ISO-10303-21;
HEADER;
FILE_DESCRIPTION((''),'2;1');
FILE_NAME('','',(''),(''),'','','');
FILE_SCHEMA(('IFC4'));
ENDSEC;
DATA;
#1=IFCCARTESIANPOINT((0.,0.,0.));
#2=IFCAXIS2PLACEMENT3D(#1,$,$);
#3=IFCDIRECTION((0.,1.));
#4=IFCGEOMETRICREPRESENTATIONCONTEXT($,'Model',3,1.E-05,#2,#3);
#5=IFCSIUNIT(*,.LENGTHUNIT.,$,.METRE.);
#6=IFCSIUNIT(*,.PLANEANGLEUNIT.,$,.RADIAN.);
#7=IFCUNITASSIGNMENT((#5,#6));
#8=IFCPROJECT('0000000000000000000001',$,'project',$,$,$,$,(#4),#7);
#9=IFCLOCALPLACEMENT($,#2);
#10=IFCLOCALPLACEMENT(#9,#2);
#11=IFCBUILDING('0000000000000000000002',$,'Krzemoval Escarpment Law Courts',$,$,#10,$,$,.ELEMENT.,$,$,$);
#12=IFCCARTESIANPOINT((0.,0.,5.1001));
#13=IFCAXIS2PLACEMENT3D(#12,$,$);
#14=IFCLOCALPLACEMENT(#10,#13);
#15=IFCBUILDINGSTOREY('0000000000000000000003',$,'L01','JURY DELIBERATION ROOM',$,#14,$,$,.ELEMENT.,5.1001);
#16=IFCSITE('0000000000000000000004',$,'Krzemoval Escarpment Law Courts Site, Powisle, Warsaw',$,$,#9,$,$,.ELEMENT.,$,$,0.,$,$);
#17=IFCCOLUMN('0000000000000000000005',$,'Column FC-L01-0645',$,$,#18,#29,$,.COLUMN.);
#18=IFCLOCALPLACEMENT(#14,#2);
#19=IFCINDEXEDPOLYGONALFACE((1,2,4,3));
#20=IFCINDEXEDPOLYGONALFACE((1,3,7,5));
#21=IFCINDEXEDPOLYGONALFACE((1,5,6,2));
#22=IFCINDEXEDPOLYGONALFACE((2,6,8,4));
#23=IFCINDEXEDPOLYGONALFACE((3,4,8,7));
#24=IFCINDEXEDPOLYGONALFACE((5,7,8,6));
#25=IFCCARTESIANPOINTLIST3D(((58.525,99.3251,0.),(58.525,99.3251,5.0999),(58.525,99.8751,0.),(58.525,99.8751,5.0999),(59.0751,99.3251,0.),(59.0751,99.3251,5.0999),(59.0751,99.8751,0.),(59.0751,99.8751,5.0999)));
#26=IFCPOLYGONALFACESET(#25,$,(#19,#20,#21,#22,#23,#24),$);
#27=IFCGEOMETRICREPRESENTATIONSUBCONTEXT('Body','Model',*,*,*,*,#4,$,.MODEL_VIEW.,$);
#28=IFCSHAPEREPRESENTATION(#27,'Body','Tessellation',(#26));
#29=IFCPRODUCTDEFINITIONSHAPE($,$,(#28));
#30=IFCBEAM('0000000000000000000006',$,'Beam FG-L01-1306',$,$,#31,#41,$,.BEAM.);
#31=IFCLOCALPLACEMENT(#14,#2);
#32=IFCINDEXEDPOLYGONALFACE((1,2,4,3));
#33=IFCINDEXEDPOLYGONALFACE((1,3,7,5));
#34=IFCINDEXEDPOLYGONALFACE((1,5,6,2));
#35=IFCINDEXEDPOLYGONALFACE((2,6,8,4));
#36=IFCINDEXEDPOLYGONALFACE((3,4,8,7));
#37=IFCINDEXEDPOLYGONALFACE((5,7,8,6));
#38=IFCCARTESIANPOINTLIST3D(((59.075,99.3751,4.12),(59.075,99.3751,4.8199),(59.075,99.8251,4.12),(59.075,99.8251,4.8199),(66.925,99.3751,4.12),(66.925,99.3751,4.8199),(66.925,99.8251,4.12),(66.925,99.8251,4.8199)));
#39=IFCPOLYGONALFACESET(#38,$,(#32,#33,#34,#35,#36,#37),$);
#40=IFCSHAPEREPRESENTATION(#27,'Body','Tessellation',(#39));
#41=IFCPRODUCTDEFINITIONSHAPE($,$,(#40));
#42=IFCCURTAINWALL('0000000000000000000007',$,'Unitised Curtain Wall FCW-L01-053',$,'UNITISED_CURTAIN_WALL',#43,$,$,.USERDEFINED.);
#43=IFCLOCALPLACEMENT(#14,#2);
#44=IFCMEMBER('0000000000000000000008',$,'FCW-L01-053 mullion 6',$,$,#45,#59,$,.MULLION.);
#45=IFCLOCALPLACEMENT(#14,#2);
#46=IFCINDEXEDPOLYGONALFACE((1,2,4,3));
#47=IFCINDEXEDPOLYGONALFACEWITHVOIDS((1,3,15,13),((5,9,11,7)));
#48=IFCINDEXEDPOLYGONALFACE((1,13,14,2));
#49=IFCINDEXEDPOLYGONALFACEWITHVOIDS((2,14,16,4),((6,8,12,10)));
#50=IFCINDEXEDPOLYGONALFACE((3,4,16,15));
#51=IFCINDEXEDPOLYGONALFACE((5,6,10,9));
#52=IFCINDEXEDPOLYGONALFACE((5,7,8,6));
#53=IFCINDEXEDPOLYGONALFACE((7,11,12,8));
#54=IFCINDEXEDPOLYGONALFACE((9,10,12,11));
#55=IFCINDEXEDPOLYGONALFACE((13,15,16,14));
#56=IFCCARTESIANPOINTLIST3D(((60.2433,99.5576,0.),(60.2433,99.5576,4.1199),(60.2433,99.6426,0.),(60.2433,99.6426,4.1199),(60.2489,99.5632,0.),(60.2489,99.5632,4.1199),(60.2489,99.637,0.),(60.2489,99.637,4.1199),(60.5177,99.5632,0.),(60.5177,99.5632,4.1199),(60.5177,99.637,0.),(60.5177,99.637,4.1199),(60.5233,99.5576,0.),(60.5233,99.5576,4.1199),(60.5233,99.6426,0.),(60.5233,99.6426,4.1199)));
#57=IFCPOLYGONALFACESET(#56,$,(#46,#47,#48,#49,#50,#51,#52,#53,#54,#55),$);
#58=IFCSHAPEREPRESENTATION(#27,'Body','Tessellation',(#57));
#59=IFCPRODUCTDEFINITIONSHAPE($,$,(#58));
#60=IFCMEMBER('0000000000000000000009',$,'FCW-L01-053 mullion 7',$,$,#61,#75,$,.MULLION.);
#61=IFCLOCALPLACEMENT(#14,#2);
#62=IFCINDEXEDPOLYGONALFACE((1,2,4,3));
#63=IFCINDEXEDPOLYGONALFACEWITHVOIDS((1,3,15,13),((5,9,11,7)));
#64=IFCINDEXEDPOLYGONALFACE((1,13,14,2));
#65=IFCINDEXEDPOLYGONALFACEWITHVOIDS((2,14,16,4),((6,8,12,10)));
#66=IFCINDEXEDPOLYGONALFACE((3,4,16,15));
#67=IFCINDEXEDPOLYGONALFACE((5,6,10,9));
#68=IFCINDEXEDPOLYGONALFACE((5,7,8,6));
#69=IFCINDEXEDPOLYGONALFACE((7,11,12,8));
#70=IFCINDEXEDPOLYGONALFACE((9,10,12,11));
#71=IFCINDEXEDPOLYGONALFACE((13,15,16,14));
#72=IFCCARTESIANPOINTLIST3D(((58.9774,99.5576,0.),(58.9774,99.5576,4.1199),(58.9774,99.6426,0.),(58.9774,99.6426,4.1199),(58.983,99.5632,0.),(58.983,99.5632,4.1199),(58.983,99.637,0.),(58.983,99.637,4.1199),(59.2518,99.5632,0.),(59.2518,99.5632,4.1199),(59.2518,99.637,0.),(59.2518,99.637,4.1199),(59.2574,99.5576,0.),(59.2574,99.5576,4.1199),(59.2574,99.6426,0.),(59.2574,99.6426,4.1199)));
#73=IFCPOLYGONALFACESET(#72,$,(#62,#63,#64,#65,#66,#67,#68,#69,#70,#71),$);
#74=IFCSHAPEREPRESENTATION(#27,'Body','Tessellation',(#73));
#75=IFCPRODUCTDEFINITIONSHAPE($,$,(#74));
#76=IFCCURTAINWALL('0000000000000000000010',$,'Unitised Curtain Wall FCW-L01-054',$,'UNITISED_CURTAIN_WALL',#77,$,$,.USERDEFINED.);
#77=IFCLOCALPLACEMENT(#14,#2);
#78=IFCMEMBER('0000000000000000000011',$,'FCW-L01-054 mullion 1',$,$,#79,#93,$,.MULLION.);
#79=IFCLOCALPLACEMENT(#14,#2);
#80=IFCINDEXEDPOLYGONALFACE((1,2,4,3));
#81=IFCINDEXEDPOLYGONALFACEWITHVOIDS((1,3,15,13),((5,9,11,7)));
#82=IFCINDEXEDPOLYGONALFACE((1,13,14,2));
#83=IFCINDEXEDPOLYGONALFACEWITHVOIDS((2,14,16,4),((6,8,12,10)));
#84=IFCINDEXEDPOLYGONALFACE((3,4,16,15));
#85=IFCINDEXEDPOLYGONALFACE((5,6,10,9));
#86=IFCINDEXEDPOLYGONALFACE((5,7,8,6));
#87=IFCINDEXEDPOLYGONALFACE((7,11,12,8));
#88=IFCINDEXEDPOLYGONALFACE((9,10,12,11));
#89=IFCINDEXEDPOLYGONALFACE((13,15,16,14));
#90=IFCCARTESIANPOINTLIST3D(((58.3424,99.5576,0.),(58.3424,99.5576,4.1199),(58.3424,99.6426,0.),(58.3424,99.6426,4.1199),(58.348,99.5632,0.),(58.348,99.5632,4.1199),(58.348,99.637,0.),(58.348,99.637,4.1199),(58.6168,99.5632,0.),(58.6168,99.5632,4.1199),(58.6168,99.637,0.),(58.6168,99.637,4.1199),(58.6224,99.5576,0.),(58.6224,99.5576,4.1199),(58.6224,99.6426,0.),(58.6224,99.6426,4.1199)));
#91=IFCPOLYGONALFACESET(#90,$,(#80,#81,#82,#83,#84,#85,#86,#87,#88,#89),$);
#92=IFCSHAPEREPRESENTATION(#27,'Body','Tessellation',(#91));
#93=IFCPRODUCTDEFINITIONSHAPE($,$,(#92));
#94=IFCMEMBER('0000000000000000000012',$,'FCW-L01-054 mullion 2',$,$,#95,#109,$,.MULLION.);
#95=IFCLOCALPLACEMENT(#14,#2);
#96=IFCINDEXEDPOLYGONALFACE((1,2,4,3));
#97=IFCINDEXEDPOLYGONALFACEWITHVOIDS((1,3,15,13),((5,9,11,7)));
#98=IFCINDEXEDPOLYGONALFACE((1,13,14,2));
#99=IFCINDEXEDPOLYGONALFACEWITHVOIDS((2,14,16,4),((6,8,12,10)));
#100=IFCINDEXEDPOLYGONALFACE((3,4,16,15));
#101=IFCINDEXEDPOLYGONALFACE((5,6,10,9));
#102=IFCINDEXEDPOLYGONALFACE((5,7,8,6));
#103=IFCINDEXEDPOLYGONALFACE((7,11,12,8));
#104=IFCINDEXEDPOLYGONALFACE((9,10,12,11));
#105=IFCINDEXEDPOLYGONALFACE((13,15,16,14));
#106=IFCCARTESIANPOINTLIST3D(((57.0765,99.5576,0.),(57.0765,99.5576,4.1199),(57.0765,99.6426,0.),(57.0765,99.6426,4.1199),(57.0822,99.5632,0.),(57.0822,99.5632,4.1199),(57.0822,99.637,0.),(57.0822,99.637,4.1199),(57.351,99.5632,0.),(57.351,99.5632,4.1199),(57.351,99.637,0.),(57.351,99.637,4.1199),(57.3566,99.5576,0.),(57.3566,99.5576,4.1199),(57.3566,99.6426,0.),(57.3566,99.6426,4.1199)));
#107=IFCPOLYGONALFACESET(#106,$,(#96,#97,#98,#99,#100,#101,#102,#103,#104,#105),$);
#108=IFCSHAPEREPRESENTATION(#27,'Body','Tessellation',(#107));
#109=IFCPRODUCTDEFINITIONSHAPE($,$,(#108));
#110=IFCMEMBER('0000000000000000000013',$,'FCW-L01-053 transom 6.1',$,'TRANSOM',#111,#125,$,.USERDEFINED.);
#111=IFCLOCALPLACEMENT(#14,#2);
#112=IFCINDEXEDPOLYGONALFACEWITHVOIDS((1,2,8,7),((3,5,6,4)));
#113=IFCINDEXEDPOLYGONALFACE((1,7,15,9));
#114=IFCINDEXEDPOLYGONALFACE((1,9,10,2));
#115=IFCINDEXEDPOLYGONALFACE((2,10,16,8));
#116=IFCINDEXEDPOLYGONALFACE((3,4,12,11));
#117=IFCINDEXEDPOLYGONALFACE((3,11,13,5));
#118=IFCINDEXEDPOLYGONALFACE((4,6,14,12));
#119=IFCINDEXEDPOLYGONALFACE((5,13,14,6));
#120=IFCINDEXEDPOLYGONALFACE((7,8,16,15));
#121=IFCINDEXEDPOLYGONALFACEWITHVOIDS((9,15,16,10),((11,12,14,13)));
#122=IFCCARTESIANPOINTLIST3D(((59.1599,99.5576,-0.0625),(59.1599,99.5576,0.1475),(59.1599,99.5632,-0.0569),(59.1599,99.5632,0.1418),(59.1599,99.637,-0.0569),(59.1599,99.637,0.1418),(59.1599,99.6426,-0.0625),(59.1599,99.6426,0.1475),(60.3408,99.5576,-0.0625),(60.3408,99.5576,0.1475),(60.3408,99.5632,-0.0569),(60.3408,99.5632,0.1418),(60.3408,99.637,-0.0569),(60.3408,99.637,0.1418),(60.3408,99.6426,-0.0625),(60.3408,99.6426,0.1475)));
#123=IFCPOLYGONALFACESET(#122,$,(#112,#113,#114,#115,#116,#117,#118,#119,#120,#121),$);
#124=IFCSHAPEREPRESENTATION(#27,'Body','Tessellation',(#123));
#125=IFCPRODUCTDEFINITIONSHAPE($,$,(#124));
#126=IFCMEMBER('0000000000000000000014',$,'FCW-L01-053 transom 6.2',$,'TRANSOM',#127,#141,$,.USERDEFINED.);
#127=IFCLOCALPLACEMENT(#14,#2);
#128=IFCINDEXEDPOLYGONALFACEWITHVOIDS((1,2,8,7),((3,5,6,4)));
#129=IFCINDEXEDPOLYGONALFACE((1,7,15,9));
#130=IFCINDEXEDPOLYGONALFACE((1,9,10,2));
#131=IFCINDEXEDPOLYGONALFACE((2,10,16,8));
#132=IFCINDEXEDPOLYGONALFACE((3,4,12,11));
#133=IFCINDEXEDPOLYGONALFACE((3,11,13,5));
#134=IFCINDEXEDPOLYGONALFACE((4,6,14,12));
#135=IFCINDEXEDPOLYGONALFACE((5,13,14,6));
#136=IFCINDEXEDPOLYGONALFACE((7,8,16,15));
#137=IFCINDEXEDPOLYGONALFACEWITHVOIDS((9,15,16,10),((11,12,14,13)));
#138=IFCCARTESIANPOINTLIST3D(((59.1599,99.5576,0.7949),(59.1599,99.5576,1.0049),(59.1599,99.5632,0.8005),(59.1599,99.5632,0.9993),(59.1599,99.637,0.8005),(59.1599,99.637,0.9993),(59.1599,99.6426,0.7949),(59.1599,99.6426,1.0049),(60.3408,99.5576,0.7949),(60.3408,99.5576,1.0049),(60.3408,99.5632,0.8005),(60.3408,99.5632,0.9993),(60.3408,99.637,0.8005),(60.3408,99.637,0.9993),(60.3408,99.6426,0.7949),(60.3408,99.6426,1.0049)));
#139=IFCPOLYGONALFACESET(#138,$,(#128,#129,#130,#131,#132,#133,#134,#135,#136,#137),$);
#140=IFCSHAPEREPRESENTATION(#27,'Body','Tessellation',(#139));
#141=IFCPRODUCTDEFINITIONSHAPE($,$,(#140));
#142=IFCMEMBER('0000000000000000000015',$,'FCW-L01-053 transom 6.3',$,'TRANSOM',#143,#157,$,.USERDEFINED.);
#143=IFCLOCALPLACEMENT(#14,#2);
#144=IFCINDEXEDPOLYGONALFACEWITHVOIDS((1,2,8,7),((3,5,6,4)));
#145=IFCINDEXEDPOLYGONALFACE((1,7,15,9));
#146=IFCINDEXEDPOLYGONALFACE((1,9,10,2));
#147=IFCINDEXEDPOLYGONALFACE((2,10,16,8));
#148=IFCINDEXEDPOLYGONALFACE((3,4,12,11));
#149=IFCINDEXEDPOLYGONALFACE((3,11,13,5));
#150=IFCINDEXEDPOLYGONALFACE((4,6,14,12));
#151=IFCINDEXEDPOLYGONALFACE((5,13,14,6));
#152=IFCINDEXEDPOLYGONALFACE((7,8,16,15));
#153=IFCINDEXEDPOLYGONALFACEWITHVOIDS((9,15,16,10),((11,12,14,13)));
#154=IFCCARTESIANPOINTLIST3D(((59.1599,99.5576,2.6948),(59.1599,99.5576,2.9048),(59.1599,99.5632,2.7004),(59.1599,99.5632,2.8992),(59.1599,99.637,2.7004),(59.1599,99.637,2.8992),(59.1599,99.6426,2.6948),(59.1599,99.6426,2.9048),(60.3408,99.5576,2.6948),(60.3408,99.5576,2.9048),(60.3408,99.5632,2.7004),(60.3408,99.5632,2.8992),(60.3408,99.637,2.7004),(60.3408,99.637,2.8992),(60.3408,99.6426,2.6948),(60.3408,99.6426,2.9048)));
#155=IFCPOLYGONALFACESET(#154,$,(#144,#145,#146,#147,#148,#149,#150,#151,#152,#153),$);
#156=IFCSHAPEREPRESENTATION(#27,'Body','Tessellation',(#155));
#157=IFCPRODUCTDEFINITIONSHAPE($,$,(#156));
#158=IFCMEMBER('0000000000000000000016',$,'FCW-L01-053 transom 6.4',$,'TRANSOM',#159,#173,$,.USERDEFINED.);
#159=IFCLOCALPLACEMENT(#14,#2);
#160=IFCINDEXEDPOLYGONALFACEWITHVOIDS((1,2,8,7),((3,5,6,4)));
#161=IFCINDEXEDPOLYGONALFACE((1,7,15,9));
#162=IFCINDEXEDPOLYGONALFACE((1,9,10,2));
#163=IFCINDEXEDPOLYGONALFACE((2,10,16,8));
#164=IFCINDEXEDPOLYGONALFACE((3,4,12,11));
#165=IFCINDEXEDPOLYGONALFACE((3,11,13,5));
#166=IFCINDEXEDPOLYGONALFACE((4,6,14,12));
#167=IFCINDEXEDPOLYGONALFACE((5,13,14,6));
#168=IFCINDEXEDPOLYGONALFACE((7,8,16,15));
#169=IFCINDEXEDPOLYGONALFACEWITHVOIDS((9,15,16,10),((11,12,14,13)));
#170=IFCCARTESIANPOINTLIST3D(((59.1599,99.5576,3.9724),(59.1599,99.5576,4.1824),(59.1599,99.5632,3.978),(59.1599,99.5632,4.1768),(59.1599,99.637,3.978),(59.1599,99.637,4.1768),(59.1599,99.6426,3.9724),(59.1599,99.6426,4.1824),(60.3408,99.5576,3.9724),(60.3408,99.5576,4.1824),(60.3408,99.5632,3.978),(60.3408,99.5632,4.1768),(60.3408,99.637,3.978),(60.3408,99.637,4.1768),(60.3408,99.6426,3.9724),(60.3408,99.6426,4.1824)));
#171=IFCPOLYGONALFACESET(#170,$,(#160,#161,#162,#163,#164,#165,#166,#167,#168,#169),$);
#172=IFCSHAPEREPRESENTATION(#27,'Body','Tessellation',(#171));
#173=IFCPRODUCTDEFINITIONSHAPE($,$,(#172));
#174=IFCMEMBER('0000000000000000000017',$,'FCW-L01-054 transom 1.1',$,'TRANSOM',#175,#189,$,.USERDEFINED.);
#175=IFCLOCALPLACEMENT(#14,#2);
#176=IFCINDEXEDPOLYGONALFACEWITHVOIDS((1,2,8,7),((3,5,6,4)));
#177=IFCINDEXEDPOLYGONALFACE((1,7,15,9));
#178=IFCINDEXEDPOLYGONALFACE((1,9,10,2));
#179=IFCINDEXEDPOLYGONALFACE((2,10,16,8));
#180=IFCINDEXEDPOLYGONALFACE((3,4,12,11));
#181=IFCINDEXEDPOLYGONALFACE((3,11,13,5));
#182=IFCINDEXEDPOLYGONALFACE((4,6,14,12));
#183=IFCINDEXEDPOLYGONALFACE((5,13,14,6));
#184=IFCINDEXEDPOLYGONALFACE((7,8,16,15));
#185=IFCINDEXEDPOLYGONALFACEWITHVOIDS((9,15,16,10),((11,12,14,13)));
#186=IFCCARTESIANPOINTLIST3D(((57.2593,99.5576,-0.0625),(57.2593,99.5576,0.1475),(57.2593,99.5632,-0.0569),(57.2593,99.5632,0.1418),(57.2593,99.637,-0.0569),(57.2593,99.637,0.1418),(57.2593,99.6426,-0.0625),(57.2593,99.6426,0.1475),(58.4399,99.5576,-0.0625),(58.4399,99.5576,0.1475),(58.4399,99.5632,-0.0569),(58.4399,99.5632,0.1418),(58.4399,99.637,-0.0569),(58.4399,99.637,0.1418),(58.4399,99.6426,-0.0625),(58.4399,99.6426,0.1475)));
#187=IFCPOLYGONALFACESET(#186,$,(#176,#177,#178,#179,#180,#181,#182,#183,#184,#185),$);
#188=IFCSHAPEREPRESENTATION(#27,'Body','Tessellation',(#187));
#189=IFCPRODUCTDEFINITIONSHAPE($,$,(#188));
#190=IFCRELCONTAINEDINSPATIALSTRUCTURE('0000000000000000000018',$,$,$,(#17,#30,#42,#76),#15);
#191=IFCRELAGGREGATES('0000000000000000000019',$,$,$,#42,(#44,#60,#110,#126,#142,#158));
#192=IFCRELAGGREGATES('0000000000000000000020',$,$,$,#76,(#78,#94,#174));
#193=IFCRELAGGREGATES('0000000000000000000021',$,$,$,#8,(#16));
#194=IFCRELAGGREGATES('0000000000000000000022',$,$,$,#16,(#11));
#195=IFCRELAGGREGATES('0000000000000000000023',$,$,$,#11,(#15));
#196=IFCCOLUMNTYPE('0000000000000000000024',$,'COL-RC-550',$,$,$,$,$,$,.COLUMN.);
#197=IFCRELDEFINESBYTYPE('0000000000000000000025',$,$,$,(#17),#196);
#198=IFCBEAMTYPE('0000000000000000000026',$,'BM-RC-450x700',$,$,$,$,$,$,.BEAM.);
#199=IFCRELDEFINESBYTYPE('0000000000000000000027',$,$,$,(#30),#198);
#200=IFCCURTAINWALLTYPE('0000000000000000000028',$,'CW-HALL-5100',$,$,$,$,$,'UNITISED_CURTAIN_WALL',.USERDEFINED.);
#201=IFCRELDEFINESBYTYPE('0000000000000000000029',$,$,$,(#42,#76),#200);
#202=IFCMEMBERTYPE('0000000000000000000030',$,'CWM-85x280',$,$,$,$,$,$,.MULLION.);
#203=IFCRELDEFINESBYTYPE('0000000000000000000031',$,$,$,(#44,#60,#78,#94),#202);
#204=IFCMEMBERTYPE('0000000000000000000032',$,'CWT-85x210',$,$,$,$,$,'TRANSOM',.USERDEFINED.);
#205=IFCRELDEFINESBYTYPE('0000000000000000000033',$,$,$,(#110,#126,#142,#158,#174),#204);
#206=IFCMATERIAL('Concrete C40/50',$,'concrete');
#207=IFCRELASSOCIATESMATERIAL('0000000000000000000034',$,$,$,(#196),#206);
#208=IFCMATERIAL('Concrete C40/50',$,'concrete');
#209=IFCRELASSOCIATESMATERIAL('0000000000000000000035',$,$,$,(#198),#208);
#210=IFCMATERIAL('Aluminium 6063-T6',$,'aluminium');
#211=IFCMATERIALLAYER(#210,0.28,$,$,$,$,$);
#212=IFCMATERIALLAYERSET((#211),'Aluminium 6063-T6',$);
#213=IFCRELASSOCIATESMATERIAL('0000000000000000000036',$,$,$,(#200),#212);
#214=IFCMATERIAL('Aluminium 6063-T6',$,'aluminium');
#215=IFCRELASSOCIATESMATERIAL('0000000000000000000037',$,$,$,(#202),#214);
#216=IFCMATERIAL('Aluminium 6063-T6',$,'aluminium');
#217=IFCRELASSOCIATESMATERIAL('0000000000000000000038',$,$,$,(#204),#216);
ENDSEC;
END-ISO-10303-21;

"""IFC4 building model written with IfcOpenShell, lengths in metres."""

from ifc_helpers import new_model, si_unit, direction, frame, origin, origin_2d, place, context, subcontext, project, spatial, rectangle, hollow_rectangle, extrude, material, layer, layer_set, material_profile, profile_set, type_object, element, aggregate, save


model = new_model("IFC4")

# Units and contexts
model_context = context("Model", 3, precision=1e-05, world=origin(), true_north=direction((0.0, 1.0)))
body_context = subcontext(model_context, "Body", "Model", "MODEL_VIEW")
ifc_project = project(units=[si_unit("LENGTHUNIT", "METRE"), si_unit("PLANEANGLEUNIT", "RADIAN")], contexts=[model_context])

# Site, building, storey
site_placement = place(None, origin())
site = spatial("IfcSite", under=ifc_project, at=site_placement, Name="Krzemoval Escarpment Law Courts Site, Powisle, Warsaw", CompositionType="ELEMENT", RefElevation=0.0)
building_placement = place(site_placement, origin())
building = spatial("IfcBuilding", under=site, at=building_placement, Name="Krzemoval Escarpment Law Courts", CompositionType="ELEMENT")
storey_placement = place(building_placement, frame((0.0, 0.0, 5.1001)))
storey = spatial("IfcBuildingStorey", under=building, at=storey_placement, Name="L01", Description="JURY DELIBERATION ROOM", CompositionType="ELEMENT", Elevation=5.1001)

# Column
ifc_material_1 = material(Name="Concrete C40/50", Category="concrete")
ifc_material_profile_1 = material_profile(ifc_material_1, rectangle(XDim=0.55, YDim=0.55, at=origin_2d()), Name="RC 550x550")
ifc_profile_set_1 = profile_set([ifc_material_profile_1], Name="Concrete C40/50")
column_type = type_object("IfcColumnType", Name="COL-RC-550", PredefinedType="COLUMN", material=ifc_profile_set_1)
column_placement = place(storey_placement, frame((58.8, 99.6001, 0.0), z_axis=(0.0, 0.0, 1.0), x_axis=(1.0, 0.0, 0.0)))
element("IfcColumn", 1, at=column_placement, inside=storey, type_object=column_type, Name="Column FC-L01-0645", PredefinedType="COLUMN", context=body_context, shape_type="SweptSolid", body=[
    extrude(rectangle(XDim=0.55, YDim=0.55, at=origin_2d()), origin(), (0.0, 0.0, 1.0), 5.0999),
])

# Beam
ifc_material_2 = material(Name="Concrete C40/50", Category="concrete")
ifc_material_profile_2 = material_profile(ifc_material_2, rectangle(XDim=0.45, YDim=0.7, at=origin_2d()), Name="RCB 450x700")
ifc_profile_set_2 = profile_set([ifc_material_profile_2], Name="Concrete C40/50")
beam_type = type_object("IfcBeamType", Name="BM-RC-450x700", PredefinedType="BEAM", material=ifc_profile_set_2)
beam_placement = place(storey_placement, frame((59.075, 99.6001, 4.47), z_axis=(1.0, 0.0, 0.0), x_axis=(0.0, 1.0, 0.0)))
element("IfcBeam", 2, at=beam_placement, inside=storey, type_object=beam_type, Name="Beam FG-L01-1306", PredefinedType="BEAM", context=body_context, shape_type="SweptSolid", body=[
    extrude(rectangle(XDim=0.45, YDim=0.7, at=origin_2d()), origin(), (0.0, 0.0, 1.0), 7.8501),
])

# Curtain walls, members
ifc_material_3 = material(Name="Aluminium 6063-T6", Category="aluminium")
ifc_layer_1 = layer(ifc_material_3, 0.28)
ifc_layer_set_1 = layer_set([ifc_layer_1], Name="Aluminium 6063-T6")
curtain_wall_type = type_object("IfcCurtainWallType", Name="CW-HALL-5100", ElementType="UNITISED_CURTAIN_WALL", PredefinedType="USERDEFINED", material=ifc_layer_set_1)
curtain_wall_1_placement = place(storey_placement, origin())
curtain_wall_1 = element("IfcCurtainWall", 3, at=curtain_wall_1_placement, inside=storey, type_object=curtain_wall_type, Name="Unitised Curtain Wall FCW-L01-053", ObjectType="UNITISED_CURTAIN_WALL", PredefinedType="USERDEFINED")
ifc_material_4 = material(Name="Aluminium 6063-T6", Category="aluminium")
ifc_material_profile_3 = material_profile(ifc_material_4, hollow_rectangle(XDim=0.085, YDim=0.28, WallThickness=0.0056, at=origin_2d()), Name="ALU M85x280")
ifc_profile_set_3 = profile_set([ifc_material_profile_3], Name="Aluminium 6063-T6")
member_type_1 = type_object("IfcMemberType", Name="CWM-85x280", PredefinedType="MULLION", material=ifc_profile_set_3)
member_1_placement = place(storey_placement, frame((60.3833, 99.6001, 0.0), z_axis=(0.0, 0.0, 1.0), x_axis=(0.0, -1.0, 0.0)))
member_1 = element("IfcMember", 4, at=member_1_placement, type_object=member_type_1, Name="FCW-L01-053 mullion 6", PredefinedType="MULLION", context=body_context, shape_type="SweptSolid", body=[
    extrude(hollow_rectangle(XDim=0.085, YDim=0.28, WallThickness=0.0056, at=origin_2d()), origin(), (0.0, 0.0, 1.0), 4.1199),
])
member_2_placement = place(storey_placement, frame((59.1174, 99.6001, 0.0), z_axis=(0.0, 0.0, 1.0), x_axis=(0.0, -1.0, 0.0)))
member_2 = element("IfcMember", 5, at=member_2_placement, type_object=member_type_1, Name="FCW-L01-053 mullion 7", PredefinedType="MULLION", context=body_context, shape_type="SweptSolid", body=[
    extrude(hollow_rectangle(XDim=0.085, YDim=0.28, WallThickness=0.0056, at=origin_2d()), origin(), (0.0, 0.0, 1.0), 4.1199),
])
curtain_wall_2_placement = place(storey_placement, origin())
curtain_wall_2 = element("IfcCurtainWall", 6, at=curtain_wall_2_placement, inside=storey, type_object=curtain_wall_type, Name="Unitised Curtain Wall FCW-L01-054", ObjectType="UNITISED_CURTAIN_WALL", PredefinedType="USERDEFINED")
member_3_placement = place(storey_placement, frame((58.4824, 99.6001, 0.0), z_axis=(0.0, 0.0, 1.0), x_axis=(0.0, -1.0, 0.0)))
member_3 = element("IfcMember", 7, at=member_3_placement, type_object=member_type_1, Name="FCW-L01-054 mullion 1", PredefinedType="MULLION", context=body_context, shape_type="SweptSolid", body=[
    extrude(hollow_rectangle(XDim=0.085, YDim=0.28, WallThickness=0.0056, at=origin_2d()), origin(), (0.0, 0.0, 1.0), 4.1199),
])
member_4_placement = place(storey_placement, frame((57.2166, 99.6001, 0.0), z_axis=(0.0, 0.0, 1.0), x_axis=(0.0, -1.0, 0.0)))
member_4 = element("IfcMember", 8, at=member_4_placement, type_object=member_type_1, Name="FCW-L01-054 mullion 2", PredefinedType="MULLION", context=body_context, shape_type="SweptSolid", body=[
    extrude(hollow_rectangle(XDim=0.085, YDim=0.28, WallThickness=0.0056, at=origin_2d()), origin(), (0.0, 0.0, 1.0), 4.1199),
])

# Members
ifc_material_5 = material(Name="Aluminium 6063-T6", Category="aluminium")
ifc_material_profile_4 = material_profile(ifc_material_5, hollow_rectangle(XDim=0.085, YDim=0.21, WallThickness=0.0056, at=origin_2d()), Name="ALU T85x210")
ifc_profile_set_4 = profile_set([ifc_material_profile_4], Name="Aluminium 6063-T6")
member_type_2 = type_object("IfcMemberType", Name="CWT-85x210", ElementType="TRANSOM", PredefinedType="USERDEFINED", material=ifc_profile_set_4)
member_5_placement = place(storey_placement, frame((60.3408, 99.6001, 0.0425), z_axis=(-1.0, 0.0, 0.0), x_axis=(0.0, -1.0, 0.0)))
member_5 = element("IfcMember", 9, at=member_5_placement, type_object=member_type_2, Name="FCW-L01-053 transom 6.1", ObjectType="TRANSOM", PredefinedType="USERDEFINED", context=body_context, shape_type="SweptSolid", body=[
    extrude(hollow_rectangle(XDim=0.085, YDim=0.21, WallThickness=0.0056, at=origin_2d()), origin(), (0.0, 0.0, 1.0), 1.1809),
])
member_6_placement = place(storey_placement, frame((60.3408, 99.6001, 0.8999), z_axis=(-1.0, 0.0, 0.0), x_axis=(0.0, -1.0, 0.0)))
member_6 = element("IfcMember", 10, at=member_6_placement, type_object=member_type_2, Name="FCW-L01-053 transom 6.2", ObjectType="TRANSOM", PredefinedType="USERDEFINED", context=body_context, shape_type="SweptSolid", body=[
    extrude(hollow_rectangle(XDim=0.085, YDim=0.21, WallThickness=0.0056, at=origin_2d()), origin(), (0.0, 0.0, 1.0), 1.1809),
])
member_7_placement = place(storey_placement, frame((60.3408, 99.6001, 2.7998), z_axis=(-1.0, 0.0, 0.0), x_axis=(0.0, -1.0, 0.0)))
member_7 = element("IfcMember", 11, at=member_7_placement, type_object=member_type_2, Name="FCW-L01-053 transom 6.3", ObjectType="TRANSOM", PredefinedType="USERDEFINED", context=body_context, shape_type="SweptSolid", body=[
    extrude(hollow_rectangle(XDim=0.085, YDim=0.21, WallThickness=0.0056, at=origin_2d()), origin(), (0.0, 0.0, 1.0), 1.1809),
])
member_8_placement = place(storey_placement, frame((60.3408, 99.6001, 4.0774), z_axis=(-1.0, 0.0, 0.0), x_axis=(0.0, -1.0, 0.0)))
member_8 = element("IfcMember", 12, at=member_8_placement, type_object=member_type_2, Name="FCW-L01-053 transom 6.4", ObjectType="TRANSOM", PredefinedType="USERDEFINED", context=body_context, shape_type="SweptSolid", body=[
    extrude(hollow_rectangle(XDim=0.085, YDim=0.21, WallThickness=0.0056, at=origin_2d()), origin(), (0.0, 0.0, 1.0), 1.1809),
])
member_9_placement = place(storey_placement, frame((58.4399, 99.6001, 0.0425), z_axis=(-1.0, 0.0, 0.0), x_axis=(0.0, -1.0, 0.0)))
member_9 = element("IfcMember", 13, at=member_9_placement, type_object=member_type_2, Name="FCW-L01-054 transom 1.1", ObjectType="TRANSOM", PredefinedType="USERDEFINED", context=body_context, shape_type="SweptSolid", body=[
    extrude(hollow_rectangle(XDim=0.085, YDim=0.21, WallThickness=0.0056, at=origin_2d()), origin(), (0.0, 0.0, 1.0), 1.1807),
])

aggregate(curtain_wall_1, [member_1, member_2, member_5, member_6, member_7, member_8])
aggregate(curtain_wall_2, [member_3, member_4, member_9])

save(model, "model.ifc")
